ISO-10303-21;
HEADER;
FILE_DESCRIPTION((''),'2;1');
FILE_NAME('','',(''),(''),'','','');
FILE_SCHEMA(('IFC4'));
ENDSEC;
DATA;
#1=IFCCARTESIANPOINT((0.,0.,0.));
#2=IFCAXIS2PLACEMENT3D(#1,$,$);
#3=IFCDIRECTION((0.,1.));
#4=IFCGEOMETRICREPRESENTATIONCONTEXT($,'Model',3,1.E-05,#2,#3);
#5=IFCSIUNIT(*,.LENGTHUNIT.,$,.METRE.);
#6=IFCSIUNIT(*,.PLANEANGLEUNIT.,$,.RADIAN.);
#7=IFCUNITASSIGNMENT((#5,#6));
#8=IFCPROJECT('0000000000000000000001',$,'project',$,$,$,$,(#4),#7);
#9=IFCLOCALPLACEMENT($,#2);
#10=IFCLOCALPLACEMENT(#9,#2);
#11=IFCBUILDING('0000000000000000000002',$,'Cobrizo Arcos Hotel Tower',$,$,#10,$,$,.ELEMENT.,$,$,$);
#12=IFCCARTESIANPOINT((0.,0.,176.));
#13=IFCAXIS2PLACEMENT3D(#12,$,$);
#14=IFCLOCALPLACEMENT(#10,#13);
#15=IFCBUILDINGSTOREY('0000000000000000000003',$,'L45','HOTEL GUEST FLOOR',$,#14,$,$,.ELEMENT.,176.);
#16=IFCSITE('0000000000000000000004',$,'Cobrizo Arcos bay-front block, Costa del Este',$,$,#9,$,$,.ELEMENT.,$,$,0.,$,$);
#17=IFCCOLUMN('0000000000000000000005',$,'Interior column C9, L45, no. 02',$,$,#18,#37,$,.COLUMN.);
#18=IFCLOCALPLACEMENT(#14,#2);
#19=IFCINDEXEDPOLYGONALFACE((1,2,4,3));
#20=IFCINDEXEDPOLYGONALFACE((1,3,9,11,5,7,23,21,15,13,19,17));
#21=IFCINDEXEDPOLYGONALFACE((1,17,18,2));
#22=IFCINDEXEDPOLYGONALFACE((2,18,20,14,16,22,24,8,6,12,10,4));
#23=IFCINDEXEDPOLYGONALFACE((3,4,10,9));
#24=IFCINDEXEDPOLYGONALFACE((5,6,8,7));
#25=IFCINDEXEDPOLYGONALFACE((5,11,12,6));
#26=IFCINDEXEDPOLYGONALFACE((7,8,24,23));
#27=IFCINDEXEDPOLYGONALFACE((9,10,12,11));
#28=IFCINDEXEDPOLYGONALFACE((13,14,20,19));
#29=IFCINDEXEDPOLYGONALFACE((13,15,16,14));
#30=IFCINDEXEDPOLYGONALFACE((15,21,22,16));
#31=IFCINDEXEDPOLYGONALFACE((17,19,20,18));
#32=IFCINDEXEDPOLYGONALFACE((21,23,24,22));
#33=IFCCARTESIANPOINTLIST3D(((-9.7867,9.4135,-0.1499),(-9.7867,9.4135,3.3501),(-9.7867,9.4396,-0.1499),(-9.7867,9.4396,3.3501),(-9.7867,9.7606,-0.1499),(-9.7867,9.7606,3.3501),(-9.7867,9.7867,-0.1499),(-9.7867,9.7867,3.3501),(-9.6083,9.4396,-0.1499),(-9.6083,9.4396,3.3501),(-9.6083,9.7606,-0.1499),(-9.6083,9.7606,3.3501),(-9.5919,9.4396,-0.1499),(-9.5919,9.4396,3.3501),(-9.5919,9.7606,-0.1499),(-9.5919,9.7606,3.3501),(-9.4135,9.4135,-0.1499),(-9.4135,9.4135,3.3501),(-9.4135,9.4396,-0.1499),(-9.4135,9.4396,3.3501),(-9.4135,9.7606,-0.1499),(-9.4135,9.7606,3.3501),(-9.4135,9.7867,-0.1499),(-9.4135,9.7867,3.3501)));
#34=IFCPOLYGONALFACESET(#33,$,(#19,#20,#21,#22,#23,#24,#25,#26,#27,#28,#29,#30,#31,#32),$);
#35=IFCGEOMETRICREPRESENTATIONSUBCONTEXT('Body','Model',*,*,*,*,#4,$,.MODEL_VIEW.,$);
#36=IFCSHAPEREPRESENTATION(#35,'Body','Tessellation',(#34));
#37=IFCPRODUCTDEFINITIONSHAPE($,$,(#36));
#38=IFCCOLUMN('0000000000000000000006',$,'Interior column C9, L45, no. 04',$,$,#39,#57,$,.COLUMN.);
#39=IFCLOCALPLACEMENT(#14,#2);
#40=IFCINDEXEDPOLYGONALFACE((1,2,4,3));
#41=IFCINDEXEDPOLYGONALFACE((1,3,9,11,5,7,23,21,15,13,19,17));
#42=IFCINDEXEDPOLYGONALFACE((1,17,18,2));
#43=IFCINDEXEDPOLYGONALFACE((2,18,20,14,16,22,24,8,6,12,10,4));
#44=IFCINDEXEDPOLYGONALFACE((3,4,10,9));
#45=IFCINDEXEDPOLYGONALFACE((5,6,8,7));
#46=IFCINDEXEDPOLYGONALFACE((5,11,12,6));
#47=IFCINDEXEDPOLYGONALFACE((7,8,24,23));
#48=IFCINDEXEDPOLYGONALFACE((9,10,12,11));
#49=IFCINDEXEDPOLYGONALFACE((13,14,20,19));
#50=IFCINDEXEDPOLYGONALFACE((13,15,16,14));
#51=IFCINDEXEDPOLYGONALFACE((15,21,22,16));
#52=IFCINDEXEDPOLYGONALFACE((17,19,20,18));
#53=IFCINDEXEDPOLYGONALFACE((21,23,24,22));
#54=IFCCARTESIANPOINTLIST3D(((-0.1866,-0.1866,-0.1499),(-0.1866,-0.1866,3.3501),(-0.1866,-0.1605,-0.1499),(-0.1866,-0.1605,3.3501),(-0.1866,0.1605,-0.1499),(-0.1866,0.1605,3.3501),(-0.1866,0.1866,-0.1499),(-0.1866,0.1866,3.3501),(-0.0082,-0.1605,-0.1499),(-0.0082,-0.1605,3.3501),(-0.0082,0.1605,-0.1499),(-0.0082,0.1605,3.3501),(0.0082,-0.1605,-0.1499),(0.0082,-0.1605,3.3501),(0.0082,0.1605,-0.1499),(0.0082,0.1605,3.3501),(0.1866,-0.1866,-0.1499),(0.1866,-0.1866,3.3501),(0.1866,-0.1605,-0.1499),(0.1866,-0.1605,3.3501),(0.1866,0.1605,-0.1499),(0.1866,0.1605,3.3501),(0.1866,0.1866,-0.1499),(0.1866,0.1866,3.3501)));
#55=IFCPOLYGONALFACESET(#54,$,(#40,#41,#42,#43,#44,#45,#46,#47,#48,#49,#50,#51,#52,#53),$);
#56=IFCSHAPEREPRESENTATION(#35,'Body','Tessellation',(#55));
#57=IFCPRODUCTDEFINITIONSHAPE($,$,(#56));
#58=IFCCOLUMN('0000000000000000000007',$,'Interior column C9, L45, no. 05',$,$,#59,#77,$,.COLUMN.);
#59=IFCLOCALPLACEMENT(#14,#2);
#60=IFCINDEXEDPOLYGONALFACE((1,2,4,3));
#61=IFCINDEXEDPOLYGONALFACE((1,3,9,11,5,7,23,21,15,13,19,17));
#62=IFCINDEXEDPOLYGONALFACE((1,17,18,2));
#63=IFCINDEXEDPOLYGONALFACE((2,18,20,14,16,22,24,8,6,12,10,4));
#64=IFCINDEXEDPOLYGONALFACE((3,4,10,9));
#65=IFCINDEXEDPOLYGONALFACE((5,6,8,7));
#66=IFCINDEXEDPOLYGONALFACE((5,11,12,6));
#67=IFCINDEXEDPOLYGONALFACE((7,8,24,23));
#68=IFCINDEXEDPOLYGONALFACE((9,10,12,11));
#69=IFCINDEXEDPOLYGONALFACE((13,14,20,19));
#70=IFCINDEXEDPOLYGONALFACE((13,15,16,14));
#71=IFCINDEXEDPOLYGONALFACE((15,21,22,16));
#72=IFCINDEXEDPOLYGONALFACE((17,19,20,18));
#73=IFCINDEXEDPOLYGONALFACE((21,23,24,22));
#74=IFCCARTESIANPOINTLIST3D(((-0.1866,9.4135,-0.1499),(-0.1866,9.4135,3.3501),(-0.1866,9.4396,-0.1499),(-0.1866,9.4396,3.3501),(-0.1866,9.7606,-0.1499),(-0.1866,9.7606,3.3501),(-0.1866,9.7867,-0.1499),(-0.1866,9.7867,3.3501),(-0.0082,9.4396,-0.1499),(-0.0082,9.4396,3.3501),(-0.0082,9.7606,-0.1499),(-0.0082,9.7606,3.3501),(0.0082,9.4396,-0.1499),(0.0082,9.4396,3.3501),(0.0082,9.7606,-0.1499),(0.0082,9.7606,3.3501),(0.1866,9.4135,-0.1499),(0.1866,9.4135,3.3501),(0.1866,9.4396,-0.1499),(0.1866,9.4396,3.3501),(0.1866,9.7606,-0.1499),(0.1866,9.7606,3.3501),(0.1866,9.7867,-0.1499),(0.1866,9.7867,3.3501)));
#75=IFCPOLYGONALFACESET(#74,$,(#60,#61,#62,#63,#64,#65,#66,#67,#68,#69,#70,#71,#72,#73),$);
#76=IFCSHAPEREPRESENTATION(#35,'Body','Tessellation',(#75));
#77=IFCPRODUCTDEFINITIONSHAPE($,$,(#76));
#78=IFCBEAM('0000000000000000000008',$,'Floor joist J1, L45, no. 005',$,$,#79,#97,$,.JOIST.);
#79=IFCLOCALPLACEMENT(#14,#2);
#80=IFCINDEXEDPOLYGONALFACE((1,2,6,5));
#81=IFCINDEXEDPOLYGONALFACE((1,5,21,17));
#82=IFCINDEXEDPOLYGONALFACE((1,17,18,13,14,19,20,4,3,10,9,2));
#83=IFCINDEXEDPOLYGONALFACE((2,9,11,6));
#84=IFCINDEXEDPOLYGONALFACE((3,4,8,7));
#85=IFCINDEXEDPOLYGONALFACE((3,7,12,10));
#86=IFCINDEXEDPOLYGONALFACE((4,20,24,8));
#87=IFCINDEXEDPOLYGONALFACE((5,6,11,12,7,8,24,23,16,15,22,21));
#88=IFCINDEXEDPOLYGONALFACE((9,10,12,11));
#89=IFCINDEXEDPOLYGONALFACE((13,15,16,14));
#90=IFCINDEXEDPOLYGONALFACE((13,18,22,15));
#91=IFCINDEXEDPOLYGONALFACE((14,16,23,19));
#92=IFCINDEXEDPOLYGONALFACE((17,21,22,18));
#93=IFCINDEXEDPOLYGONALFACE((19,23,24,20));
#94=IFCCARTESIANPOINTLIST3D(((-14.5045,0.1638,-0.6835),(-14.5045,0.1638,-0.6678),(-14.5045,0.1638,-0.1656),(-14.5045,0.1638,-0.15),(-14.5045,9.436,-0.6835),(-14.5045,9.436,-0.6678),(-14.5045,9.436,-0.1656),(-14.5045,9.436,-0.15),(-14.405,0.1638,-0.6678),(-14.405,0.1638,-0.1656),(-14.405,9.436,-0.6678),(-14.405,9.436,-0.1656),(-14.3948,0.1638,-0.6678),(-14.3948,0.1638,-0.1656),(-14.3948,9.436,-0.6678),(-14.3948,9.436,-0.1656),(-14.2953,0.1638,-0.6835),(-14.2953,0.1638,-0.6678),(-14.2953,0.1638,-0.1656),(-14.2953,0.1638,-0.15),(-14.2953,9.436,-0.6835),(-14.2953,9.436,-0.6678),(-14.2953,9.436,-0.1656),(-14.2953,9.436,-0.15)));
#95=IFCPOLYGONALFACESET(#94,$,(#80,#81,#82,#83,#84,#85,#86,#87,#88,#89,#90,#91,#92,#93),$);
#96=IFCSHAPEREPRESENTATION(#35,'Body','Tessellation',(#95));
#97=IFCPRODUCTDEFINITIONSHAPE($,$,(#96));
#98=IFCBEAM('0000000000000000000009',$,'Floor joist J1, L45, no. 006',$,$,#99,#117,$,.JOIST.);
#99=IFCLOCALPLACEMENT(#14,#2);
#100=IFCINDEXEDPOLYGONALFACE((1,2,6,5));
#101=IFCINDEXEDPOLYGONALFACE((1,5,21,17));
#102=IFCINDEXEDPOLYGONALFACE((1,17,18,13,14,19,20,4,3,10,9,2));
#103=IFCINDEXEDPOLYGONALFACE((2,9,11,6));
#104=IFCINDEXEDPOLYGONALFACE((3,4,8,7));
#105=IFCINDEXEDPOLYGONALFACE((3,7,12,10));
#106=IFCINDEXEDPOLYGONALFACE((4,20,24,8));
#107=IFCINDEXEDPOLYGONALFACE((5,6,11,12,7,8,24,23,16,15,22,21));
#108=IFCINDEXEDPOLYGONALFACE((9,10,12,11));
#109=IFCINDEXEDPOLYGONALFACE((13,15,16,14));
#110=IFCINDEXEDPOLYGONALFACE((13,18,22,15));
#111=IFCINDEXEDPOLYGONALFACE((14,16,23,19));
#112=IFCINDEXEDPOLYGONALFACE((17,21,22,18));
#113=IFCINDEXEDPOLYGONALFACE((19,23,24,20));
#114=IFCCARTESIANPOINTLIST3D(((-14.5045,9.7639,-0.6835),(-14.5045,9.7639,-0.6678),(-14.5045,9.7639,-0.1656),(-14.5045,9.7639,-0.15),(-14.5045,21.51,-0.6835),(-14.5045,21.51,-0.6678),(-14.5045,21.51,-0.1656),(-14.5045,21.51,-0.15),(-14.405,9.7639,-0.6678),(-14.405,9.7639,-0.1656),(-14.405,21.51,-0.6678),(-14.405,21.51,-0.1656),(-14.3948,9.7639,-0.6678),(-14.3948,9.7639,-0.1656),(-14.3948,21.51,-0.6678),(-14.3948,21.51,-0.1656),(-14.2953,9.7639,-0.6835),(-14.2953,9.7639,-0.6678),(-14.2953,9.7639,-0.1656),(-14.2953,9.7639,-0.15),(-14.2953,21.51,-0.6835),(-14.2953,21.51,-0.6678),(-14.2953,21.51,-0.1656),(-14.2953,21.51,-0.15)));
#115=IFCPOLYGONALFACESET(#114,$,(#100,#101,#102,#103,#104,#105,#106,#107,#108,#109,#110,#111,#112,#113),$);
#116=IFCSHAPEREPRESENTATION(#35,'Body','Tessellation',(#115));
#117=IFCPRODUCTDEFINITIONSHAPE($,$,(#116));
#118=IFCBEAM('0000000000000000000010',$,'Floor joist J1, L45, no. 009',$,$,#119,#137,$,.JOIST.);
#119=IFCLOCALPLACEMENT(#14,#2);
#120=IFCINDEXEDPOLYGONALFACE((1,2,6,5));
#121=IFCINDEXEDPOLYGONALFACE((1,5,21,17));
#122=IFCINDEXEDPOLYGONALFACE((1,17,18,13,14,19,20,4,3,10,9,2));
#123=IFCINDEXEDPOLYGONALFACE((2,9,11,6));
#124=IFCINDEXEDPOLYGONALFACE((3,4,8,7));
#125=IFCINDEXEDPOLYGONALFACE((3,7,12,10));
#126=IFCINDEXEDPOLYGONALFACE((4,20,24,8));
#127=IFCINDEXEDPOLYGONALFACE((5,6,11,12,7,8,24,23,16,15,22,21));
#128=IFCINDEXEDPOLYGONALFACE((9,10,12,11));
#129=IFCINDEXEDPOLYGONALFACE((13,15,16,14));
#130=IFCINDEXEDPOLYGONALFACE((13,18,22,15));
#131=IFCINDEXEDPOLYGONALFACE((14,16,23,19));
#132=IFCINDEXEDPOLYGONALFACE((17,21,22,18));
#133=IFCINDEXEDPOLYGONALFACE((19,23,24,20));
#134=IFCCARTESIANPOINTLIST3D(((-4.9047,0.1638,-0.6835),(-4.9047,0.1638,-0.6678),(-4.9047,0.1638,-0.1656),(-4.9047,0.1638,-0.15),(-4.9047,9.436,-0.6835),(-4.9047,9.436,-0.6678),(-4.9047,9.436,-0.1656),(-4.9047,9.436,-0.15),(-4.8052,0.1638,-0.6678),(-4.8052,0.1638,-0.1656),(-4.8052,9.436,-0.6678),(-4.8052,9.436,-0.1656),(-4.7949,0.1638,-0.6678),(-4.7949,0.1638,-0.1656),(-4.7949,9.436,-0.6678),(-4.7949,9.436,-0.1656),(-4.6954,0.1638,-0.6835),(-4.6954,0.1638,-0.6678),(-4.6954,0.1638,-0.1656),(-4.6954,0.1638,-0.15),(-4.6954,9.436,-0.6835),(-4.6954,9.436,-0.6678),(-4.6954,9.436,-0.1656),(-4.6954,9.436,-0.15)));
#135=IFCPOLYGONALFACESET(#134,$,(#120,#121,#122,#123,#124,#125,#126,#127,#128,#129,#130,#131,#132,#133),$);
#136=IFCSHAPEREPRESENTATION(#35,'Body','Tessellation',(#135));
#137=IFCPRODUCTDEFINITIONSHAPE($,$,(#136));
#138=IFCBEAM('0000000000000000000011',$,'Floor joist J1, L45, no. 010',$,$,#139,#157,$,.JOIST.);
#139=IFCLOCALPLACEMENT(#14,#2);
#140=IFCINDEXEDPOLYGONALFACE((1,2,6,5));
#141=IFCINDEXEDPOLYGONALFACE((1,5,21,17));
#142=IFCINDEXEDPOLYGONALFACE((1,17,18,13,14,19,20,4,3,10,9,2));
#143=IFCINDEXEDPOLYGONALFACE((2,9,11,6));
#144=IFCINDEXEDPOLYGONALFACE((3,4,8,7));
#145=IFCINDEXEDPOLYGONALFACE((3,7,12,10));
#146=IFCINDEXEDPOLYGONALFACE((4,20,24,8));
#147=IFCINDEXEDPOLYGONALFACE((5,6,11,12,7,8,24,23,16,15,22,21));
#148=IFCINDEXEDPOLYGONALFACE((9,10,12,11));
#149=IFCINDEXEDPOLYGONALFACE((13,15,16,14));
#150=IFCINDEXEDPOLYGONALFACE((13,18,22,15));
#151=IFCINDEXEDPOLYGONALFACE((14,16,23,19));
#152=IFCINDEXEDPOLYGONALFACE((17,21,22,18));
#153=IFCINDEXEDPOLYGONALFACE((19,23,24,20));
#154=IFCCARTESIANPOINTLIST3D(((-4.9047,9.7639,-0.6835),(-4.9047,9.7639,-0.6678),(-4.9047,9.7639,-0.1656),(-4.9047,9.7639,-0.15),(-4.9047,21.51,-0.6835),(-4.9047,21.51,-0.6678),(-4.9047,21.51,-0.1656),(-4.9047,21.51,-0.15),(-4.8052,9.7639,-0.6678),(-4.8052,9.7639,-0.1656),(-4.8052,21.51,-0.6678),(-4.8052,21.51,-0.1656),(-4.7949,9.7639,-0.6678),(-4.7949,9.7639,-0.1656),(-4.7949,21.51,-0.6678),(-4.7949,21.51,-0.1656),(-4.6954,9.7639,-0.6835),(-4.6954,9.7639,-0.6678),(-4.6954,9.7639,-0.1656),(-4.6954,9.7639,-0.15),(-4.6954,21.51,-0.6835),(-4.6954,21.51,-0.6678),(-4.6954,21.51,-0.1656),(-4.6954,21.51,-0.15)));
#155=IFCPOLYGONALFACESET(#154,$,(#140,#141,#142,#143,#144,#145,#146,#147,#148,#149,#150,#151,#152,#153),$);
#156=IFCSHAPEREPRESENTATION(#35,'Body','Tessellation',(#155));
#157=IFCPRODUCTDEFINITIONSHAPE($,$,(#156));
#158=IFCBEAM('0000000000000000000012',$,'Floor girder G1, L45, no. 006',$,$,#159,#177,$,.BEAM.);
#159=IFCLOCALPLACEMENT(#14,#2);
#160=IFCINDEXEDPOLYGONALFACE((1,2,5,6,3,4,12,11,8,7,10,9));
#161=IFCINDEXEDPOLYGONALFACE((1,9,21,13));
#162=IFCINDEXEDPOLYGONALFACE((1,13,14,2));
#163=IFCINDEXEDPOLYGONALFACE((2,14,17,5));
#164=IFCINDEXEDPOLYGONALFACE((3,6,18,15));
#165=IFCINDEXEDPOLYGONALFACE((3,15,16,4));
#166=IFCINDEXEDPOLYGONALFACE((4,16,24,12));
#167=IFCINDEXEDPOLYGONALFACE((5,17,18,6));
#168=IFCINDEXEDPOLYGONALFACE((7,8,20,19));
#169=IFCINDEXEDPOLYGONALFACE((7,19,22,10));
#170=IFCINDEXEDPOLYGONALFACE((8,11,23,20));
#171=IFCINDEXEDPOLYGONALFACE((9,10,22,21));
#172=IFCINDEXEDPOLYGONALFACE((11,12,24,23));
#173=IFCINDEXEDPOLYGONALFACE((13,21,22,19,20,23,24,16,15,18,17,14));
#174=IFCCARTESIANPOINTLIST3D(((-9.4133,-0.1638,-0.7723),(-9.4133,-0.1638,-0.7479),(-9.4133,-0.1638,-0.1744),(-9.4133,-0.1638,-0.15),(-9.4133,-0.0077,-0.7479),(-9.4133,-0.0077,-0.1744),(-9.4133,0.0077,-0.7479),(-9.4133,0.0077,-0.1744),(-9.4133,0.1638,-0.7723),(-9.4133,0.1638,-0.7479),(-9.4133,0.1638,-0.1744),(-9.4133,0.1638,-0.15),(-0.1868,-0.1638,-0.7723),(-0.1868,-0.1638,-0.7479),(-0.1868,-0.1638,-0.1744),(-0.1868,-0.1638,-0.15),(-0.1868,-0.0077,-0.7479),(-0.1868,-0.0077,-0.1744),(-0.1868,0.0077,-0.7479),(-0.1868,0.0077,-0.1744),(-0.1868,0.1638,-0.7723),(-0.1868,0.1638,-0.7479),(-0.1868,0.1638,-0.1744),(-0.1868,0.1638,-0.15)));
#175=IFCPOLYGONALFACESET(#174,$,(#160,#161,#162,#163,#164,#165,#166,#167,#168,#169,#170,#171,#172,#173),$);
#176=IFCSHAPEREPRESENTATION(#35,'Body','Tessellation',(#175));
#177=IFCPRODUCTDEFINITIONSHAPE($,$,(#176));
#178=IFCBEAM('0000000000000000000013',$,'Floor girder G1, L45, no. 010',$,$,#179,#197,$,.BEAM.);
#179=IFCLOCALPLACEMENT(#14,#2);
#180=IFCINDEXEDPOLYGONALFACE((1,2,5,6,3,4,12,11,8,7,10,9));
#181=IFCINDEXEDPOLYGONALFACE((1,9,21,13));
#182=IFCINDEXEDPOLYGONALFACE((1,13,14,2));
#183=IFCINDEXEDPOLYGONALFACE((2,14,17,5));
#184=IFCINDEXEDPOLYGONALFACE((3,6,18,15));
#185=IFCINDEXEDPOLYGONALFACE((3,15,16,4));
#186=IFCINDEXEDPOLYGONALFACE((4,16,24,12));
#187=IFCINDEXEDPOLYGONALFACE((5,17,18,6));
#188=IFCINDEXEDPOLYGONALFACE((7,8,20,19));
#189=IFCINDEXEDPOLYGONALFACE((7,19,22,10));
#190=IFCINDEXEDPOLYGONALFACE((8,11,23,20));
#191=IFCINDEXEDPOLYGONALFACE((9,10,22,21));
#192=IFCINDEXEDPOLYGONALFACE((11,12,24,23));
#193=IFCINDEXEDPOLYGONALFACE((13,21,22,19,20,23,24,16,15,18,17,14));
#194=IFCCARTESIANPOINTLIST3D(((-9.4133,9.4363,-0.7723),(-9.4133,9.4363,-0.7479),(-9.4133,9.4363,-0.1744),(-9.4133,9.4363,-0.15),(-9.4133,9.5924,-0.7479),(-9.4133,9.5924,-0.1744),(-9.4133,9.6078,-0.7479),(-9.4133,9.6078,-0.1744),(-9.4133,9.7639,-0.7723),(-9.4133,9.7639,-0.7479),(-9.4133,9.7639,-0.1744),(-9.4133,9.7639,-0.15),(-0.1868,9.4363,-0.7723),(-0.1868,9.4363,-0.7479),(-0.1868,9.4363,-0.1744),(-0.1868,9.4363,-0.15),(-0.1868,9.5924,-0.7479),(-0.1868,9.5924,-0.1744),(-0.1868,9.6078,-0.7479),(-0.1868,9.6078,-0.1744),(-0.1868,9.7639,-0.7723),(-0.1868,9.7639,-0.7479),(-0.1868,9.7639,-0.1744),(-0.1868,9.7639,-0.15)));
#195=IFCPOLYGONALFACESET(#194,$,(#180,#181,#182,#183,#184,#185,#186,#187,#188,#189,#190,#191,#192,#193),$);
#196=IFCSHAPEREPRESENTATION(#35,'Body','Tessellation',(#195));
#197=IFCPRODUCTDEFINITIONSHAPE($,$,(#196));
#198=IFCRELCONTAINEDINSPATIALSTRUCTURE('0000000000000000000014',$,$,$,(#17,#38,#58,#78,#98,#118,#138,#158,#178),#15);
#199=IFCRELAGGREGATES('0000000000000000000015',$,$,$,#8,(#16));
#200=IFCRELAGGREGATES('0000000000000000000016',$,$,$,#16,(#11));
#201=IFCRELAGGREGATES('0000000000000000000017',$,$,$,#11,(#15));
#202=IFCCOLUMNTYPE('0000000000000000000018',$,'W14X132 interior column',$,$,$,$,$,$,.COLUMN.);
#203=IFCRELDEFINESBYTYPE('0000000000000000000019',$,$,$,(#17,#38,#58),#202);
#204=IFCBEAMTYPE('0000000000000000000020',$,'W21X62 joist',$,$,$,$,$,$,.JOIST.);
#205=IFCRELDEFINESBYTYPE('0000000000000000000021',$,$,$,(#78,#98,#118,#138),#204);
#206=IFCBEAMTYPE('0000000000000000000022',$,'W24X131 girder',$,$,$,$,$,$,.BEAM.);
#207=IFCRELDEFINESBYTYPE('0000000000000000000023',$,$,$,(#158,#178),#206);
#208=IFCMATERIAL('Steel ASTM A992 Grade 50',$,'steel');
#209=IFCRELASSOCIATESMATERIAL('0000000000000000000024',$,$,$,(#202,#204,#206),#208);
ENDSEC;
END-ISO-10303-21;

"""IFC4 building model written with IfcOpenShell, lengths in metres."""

from ifc_helpers import new_model, si_unit, direction, frame, origin, origin_2d, place, context, subcontext, project, spatial, i_section, extrude, material, material_profile, profile_set, type_object, element, save


model = new_model("IFC4")

# Units and contexts
model_context = context("Model", 3, precision=1e-05, world=origin(), true_north=direction((0.0, 1.0)))
body_context = subcontext(model_context, "Body", "Model", "MODEL_VIEW")
ifc_project = project(units=[si_unit("LENGTHUNIT", "METRE"), si_unit("PLANEANGLEUNIT", "RADIAN")], contexts=[model_context])

# Site, building, storey
site_placement = place(None, origin())
site = spatial("IfcSite", under=ifc_project, at=site_placement, Name="Cobrizo Arcos bay-front block, Costa del Este", CompositionType="ELEMENT", RefElevation=0.0)
building_placement = place(site_placement, origin())
building = spatial("IfcBuilding", under=site, at=building_placement, Name="Cobrizo Arcos Hotel Tower", CompositionType="ELEMENT")
storey_placement = place(building_placement, frame((0.0, 0.0, 176.0)))
storey = spatial("IfcBuildingStorey", under=building, at=storey_placement, Name="L45", Description="HOTEL GUEST FLOOR", CompositionType="ELEMENT", Elevation=176.0)

# Columns
ifc_material_1 = material(Name="Steel ASTM A992 Grade 50", Category="steel")
ifc_material_profile_1 = material_profile(ifc_material_1, i_section(OverallWidth=0.3733, OverallDepth=0.3733, WebThickness=0.0164, FlangeThickness=0.0261, at=origin_2d()), Name="W14X132")
ifc_profile_set_1 = profile_set([ifc_material_profile_1], Name="Steel ASTM A992 Grade 50")
column_type = type_object("IfcColumnType", Name="W14X132 interior column", PredefinedType="COLUMN", material=ifc_profile_set_1)
for number, where, z_axis, x_axis, name in (
    (1, (-9.6001, 9.6001, -0.1499), (0.0, 0.0, 1.0), (1.0, 0.0, 0.0), "Interior column C9, L45, no. 02"),
    (2, (0.0, 0.0, -0.1499), (0.0, 0.0, 1.0), (1.0, 0.0, 0.0), "Interior column C9, L45, no. 04"),
    (3, (0.0, 9.6001, -0.1499), (0.0, 0.0, 1.0), (1.0, 0.0, 0.0), "Interior column C9, L45, no. 05"),
):
    element("IfcColumn", number, at=place(storey_placement, frame(where, z_axis=z_axis, x_axis=x_axis)), inside=storey, type_object=column_type, Name=name, PredefinedType="COLUMN", context=body_context, shape_type="SweptSolid", body=[
        extrude(i_section(OverallWidth=0.3733, OverallDepth=0.3733, WebThickness=0.0164, FlangeThickness=0.0261, at=origin_2d()), origin(), (0.0, 0.0, 1.0), 3.5),
    ])

# Beams
ifc_material_profile_2 = material_profile(ifc_material_1, i_section(OverallWidth=0.2092, OverallDepth=0.5334, WebThickness=0.0103, FlangeThickness=0.0156, at=origin_2d()), Name="W21X62")
ifc_profile_set_2 = profile_set([ifc_material_profile_2], Name="Steel ASTM A992 Grade 50")
beam_type_1 = type_object("IfcBeamType", Name="W21X62 joist", PredefinedType="JOIST", material=ifc_profile_set_2)
beam_1_placement = place(storey_placement, frame((-14.3999, 0.1638, -0.4167), z_axis=(0.0, 1.0, 0.0), x_axis=(-1.0, 0.0, 0.0)))
element("IfcBeam", 4, at=beam_1_placement, inside=storey, type_object=beam_type_1, Name="Floor joist J1, L45, no. 005", PredefinedType="JOIST", context=body_context, shape_type="SweptSolid", body=[
    extrude(i_section(OverallWidth=0.2092, OverallDepth=0.5334, WebThickness=0.0103, FlangeThickness=0.0156, at=origin_2d()), origin(), (0.0, 0.0, 1.0), 9.2722),
])
beam_2_placement = place(storey_placement, frame((-14.3999, 9.7639, -0.4167), z_axis=(0.0, 1.0, 0.0), x_axis=(-1.0, 0.0, 0.0)))
element("IfcBeam", 5, at=beam_2_placement, inside=storey, type_object=beam_type_1, Name="Floor joist J1, L45, no. 006", PredefinedType="JOIST", context=body_context, shape_type="SweptSolid", body=[
    extrude(i_section(OverallWidth=0.2092, OverallDepth=0.5334, WebThickness=0.0103, FlangeThickness=0.0156, at=origin_2d()), origin(), (0.0, 0.0, 1.0), 11.7461),
])
beam_3_placement = place(storey_placement, frame((-4.8, 0.1638, -0.4167), z_axis=(0.0, 1.0, 0.0), x_axis=(-1.0, 0.0, 0.0)))
element("IfcBeam", 6, at=beam_3_placement, inside=storey, type_object=beam_type_1, Name="Floor joist J1, L45, no. 009", PredefinedType="JOIST", context=body_context, shape_type="SweptSolid", body=[
    extrude(i_section(OverallWidth=0.2092, OverallDepth=0.5334, WebThickness=0.0103, FlangeThickness=0.0156, at=origin_2d()), origin(), (0.0, 0.0, 1.0), 9.2722),
])
beam_4_placement = place(storey_placement, frame((-4.8, 9.7639, -0.4167), z_axis=(0.0, 1.0, 0.0), x_axis=(-1.0, 0.0, 0.0)))
element("IfcBeam", 7, at=beam_4_placement, inside=storey, type_object=beam_type_1, Name="Floor joist J1, L45, no. 010", PredefinedType="JOIST", context=body_context, shape_type="SweptSolid", body=[
    extrude(i_section(OverallWidth=0.2092, OverallDepth=0.5334, WebThickness=0.0103, FlangeThickness=0.0156, at=origin_2d()), origin(), (0.0, 0.0, 1.0), 11.7461),
])
ifc_material_profile_3 = material_profile(ifc_material_1, i_section(OverallWidth=0.3276, OverallDepth=0.6223, WebThickness=0.0154, FlangeThickness=0.0244, at=origin_2d()), Name="W24X131")
ifc_profile_set_3 = profile_set([ifc_material_profile_3], Name="Steel ASTM A992 Grade 50")
beam_type_2 = type_object("IfcBeamType", Name="W24X131 girder", PredefinedType="BEAM", material=ifc_profile_set_3)
for number, where, z_axis, x_axis, name in (
    (8, (-9.4133, 0.0, -0.4612), (1.0, 0.0, 0.0), (0.0, 1.0, 0.0), "Floor girder G1, L45, no. 006"),
    (9, (-9.4133, 9.6001, -0.4612), (1.0, 0.0, 0.0), (0.0, 1.0, 0.0), "Floor girder G1, L45, no. 010"),
):
    element("IfcBeam", number, at=place(storey_placement, frame(where, z_axis=z_axis, x_axis=x_axis)), inside=storey, type_object=beam_type_2, Name=name, PredefinedType="BEAM", context=body_context, shape_type="SweptSolid", body=[
        extrude(i_section(OverallWidth=0.3276, OverallDepth=0.6223, WebThickness=0.0154, FlangeThickness=0.0244, at=origin_2d()), origin(), (0.0, 0.0, 1.0), 9.2266),
    ])

save(model, "model.ifc")
